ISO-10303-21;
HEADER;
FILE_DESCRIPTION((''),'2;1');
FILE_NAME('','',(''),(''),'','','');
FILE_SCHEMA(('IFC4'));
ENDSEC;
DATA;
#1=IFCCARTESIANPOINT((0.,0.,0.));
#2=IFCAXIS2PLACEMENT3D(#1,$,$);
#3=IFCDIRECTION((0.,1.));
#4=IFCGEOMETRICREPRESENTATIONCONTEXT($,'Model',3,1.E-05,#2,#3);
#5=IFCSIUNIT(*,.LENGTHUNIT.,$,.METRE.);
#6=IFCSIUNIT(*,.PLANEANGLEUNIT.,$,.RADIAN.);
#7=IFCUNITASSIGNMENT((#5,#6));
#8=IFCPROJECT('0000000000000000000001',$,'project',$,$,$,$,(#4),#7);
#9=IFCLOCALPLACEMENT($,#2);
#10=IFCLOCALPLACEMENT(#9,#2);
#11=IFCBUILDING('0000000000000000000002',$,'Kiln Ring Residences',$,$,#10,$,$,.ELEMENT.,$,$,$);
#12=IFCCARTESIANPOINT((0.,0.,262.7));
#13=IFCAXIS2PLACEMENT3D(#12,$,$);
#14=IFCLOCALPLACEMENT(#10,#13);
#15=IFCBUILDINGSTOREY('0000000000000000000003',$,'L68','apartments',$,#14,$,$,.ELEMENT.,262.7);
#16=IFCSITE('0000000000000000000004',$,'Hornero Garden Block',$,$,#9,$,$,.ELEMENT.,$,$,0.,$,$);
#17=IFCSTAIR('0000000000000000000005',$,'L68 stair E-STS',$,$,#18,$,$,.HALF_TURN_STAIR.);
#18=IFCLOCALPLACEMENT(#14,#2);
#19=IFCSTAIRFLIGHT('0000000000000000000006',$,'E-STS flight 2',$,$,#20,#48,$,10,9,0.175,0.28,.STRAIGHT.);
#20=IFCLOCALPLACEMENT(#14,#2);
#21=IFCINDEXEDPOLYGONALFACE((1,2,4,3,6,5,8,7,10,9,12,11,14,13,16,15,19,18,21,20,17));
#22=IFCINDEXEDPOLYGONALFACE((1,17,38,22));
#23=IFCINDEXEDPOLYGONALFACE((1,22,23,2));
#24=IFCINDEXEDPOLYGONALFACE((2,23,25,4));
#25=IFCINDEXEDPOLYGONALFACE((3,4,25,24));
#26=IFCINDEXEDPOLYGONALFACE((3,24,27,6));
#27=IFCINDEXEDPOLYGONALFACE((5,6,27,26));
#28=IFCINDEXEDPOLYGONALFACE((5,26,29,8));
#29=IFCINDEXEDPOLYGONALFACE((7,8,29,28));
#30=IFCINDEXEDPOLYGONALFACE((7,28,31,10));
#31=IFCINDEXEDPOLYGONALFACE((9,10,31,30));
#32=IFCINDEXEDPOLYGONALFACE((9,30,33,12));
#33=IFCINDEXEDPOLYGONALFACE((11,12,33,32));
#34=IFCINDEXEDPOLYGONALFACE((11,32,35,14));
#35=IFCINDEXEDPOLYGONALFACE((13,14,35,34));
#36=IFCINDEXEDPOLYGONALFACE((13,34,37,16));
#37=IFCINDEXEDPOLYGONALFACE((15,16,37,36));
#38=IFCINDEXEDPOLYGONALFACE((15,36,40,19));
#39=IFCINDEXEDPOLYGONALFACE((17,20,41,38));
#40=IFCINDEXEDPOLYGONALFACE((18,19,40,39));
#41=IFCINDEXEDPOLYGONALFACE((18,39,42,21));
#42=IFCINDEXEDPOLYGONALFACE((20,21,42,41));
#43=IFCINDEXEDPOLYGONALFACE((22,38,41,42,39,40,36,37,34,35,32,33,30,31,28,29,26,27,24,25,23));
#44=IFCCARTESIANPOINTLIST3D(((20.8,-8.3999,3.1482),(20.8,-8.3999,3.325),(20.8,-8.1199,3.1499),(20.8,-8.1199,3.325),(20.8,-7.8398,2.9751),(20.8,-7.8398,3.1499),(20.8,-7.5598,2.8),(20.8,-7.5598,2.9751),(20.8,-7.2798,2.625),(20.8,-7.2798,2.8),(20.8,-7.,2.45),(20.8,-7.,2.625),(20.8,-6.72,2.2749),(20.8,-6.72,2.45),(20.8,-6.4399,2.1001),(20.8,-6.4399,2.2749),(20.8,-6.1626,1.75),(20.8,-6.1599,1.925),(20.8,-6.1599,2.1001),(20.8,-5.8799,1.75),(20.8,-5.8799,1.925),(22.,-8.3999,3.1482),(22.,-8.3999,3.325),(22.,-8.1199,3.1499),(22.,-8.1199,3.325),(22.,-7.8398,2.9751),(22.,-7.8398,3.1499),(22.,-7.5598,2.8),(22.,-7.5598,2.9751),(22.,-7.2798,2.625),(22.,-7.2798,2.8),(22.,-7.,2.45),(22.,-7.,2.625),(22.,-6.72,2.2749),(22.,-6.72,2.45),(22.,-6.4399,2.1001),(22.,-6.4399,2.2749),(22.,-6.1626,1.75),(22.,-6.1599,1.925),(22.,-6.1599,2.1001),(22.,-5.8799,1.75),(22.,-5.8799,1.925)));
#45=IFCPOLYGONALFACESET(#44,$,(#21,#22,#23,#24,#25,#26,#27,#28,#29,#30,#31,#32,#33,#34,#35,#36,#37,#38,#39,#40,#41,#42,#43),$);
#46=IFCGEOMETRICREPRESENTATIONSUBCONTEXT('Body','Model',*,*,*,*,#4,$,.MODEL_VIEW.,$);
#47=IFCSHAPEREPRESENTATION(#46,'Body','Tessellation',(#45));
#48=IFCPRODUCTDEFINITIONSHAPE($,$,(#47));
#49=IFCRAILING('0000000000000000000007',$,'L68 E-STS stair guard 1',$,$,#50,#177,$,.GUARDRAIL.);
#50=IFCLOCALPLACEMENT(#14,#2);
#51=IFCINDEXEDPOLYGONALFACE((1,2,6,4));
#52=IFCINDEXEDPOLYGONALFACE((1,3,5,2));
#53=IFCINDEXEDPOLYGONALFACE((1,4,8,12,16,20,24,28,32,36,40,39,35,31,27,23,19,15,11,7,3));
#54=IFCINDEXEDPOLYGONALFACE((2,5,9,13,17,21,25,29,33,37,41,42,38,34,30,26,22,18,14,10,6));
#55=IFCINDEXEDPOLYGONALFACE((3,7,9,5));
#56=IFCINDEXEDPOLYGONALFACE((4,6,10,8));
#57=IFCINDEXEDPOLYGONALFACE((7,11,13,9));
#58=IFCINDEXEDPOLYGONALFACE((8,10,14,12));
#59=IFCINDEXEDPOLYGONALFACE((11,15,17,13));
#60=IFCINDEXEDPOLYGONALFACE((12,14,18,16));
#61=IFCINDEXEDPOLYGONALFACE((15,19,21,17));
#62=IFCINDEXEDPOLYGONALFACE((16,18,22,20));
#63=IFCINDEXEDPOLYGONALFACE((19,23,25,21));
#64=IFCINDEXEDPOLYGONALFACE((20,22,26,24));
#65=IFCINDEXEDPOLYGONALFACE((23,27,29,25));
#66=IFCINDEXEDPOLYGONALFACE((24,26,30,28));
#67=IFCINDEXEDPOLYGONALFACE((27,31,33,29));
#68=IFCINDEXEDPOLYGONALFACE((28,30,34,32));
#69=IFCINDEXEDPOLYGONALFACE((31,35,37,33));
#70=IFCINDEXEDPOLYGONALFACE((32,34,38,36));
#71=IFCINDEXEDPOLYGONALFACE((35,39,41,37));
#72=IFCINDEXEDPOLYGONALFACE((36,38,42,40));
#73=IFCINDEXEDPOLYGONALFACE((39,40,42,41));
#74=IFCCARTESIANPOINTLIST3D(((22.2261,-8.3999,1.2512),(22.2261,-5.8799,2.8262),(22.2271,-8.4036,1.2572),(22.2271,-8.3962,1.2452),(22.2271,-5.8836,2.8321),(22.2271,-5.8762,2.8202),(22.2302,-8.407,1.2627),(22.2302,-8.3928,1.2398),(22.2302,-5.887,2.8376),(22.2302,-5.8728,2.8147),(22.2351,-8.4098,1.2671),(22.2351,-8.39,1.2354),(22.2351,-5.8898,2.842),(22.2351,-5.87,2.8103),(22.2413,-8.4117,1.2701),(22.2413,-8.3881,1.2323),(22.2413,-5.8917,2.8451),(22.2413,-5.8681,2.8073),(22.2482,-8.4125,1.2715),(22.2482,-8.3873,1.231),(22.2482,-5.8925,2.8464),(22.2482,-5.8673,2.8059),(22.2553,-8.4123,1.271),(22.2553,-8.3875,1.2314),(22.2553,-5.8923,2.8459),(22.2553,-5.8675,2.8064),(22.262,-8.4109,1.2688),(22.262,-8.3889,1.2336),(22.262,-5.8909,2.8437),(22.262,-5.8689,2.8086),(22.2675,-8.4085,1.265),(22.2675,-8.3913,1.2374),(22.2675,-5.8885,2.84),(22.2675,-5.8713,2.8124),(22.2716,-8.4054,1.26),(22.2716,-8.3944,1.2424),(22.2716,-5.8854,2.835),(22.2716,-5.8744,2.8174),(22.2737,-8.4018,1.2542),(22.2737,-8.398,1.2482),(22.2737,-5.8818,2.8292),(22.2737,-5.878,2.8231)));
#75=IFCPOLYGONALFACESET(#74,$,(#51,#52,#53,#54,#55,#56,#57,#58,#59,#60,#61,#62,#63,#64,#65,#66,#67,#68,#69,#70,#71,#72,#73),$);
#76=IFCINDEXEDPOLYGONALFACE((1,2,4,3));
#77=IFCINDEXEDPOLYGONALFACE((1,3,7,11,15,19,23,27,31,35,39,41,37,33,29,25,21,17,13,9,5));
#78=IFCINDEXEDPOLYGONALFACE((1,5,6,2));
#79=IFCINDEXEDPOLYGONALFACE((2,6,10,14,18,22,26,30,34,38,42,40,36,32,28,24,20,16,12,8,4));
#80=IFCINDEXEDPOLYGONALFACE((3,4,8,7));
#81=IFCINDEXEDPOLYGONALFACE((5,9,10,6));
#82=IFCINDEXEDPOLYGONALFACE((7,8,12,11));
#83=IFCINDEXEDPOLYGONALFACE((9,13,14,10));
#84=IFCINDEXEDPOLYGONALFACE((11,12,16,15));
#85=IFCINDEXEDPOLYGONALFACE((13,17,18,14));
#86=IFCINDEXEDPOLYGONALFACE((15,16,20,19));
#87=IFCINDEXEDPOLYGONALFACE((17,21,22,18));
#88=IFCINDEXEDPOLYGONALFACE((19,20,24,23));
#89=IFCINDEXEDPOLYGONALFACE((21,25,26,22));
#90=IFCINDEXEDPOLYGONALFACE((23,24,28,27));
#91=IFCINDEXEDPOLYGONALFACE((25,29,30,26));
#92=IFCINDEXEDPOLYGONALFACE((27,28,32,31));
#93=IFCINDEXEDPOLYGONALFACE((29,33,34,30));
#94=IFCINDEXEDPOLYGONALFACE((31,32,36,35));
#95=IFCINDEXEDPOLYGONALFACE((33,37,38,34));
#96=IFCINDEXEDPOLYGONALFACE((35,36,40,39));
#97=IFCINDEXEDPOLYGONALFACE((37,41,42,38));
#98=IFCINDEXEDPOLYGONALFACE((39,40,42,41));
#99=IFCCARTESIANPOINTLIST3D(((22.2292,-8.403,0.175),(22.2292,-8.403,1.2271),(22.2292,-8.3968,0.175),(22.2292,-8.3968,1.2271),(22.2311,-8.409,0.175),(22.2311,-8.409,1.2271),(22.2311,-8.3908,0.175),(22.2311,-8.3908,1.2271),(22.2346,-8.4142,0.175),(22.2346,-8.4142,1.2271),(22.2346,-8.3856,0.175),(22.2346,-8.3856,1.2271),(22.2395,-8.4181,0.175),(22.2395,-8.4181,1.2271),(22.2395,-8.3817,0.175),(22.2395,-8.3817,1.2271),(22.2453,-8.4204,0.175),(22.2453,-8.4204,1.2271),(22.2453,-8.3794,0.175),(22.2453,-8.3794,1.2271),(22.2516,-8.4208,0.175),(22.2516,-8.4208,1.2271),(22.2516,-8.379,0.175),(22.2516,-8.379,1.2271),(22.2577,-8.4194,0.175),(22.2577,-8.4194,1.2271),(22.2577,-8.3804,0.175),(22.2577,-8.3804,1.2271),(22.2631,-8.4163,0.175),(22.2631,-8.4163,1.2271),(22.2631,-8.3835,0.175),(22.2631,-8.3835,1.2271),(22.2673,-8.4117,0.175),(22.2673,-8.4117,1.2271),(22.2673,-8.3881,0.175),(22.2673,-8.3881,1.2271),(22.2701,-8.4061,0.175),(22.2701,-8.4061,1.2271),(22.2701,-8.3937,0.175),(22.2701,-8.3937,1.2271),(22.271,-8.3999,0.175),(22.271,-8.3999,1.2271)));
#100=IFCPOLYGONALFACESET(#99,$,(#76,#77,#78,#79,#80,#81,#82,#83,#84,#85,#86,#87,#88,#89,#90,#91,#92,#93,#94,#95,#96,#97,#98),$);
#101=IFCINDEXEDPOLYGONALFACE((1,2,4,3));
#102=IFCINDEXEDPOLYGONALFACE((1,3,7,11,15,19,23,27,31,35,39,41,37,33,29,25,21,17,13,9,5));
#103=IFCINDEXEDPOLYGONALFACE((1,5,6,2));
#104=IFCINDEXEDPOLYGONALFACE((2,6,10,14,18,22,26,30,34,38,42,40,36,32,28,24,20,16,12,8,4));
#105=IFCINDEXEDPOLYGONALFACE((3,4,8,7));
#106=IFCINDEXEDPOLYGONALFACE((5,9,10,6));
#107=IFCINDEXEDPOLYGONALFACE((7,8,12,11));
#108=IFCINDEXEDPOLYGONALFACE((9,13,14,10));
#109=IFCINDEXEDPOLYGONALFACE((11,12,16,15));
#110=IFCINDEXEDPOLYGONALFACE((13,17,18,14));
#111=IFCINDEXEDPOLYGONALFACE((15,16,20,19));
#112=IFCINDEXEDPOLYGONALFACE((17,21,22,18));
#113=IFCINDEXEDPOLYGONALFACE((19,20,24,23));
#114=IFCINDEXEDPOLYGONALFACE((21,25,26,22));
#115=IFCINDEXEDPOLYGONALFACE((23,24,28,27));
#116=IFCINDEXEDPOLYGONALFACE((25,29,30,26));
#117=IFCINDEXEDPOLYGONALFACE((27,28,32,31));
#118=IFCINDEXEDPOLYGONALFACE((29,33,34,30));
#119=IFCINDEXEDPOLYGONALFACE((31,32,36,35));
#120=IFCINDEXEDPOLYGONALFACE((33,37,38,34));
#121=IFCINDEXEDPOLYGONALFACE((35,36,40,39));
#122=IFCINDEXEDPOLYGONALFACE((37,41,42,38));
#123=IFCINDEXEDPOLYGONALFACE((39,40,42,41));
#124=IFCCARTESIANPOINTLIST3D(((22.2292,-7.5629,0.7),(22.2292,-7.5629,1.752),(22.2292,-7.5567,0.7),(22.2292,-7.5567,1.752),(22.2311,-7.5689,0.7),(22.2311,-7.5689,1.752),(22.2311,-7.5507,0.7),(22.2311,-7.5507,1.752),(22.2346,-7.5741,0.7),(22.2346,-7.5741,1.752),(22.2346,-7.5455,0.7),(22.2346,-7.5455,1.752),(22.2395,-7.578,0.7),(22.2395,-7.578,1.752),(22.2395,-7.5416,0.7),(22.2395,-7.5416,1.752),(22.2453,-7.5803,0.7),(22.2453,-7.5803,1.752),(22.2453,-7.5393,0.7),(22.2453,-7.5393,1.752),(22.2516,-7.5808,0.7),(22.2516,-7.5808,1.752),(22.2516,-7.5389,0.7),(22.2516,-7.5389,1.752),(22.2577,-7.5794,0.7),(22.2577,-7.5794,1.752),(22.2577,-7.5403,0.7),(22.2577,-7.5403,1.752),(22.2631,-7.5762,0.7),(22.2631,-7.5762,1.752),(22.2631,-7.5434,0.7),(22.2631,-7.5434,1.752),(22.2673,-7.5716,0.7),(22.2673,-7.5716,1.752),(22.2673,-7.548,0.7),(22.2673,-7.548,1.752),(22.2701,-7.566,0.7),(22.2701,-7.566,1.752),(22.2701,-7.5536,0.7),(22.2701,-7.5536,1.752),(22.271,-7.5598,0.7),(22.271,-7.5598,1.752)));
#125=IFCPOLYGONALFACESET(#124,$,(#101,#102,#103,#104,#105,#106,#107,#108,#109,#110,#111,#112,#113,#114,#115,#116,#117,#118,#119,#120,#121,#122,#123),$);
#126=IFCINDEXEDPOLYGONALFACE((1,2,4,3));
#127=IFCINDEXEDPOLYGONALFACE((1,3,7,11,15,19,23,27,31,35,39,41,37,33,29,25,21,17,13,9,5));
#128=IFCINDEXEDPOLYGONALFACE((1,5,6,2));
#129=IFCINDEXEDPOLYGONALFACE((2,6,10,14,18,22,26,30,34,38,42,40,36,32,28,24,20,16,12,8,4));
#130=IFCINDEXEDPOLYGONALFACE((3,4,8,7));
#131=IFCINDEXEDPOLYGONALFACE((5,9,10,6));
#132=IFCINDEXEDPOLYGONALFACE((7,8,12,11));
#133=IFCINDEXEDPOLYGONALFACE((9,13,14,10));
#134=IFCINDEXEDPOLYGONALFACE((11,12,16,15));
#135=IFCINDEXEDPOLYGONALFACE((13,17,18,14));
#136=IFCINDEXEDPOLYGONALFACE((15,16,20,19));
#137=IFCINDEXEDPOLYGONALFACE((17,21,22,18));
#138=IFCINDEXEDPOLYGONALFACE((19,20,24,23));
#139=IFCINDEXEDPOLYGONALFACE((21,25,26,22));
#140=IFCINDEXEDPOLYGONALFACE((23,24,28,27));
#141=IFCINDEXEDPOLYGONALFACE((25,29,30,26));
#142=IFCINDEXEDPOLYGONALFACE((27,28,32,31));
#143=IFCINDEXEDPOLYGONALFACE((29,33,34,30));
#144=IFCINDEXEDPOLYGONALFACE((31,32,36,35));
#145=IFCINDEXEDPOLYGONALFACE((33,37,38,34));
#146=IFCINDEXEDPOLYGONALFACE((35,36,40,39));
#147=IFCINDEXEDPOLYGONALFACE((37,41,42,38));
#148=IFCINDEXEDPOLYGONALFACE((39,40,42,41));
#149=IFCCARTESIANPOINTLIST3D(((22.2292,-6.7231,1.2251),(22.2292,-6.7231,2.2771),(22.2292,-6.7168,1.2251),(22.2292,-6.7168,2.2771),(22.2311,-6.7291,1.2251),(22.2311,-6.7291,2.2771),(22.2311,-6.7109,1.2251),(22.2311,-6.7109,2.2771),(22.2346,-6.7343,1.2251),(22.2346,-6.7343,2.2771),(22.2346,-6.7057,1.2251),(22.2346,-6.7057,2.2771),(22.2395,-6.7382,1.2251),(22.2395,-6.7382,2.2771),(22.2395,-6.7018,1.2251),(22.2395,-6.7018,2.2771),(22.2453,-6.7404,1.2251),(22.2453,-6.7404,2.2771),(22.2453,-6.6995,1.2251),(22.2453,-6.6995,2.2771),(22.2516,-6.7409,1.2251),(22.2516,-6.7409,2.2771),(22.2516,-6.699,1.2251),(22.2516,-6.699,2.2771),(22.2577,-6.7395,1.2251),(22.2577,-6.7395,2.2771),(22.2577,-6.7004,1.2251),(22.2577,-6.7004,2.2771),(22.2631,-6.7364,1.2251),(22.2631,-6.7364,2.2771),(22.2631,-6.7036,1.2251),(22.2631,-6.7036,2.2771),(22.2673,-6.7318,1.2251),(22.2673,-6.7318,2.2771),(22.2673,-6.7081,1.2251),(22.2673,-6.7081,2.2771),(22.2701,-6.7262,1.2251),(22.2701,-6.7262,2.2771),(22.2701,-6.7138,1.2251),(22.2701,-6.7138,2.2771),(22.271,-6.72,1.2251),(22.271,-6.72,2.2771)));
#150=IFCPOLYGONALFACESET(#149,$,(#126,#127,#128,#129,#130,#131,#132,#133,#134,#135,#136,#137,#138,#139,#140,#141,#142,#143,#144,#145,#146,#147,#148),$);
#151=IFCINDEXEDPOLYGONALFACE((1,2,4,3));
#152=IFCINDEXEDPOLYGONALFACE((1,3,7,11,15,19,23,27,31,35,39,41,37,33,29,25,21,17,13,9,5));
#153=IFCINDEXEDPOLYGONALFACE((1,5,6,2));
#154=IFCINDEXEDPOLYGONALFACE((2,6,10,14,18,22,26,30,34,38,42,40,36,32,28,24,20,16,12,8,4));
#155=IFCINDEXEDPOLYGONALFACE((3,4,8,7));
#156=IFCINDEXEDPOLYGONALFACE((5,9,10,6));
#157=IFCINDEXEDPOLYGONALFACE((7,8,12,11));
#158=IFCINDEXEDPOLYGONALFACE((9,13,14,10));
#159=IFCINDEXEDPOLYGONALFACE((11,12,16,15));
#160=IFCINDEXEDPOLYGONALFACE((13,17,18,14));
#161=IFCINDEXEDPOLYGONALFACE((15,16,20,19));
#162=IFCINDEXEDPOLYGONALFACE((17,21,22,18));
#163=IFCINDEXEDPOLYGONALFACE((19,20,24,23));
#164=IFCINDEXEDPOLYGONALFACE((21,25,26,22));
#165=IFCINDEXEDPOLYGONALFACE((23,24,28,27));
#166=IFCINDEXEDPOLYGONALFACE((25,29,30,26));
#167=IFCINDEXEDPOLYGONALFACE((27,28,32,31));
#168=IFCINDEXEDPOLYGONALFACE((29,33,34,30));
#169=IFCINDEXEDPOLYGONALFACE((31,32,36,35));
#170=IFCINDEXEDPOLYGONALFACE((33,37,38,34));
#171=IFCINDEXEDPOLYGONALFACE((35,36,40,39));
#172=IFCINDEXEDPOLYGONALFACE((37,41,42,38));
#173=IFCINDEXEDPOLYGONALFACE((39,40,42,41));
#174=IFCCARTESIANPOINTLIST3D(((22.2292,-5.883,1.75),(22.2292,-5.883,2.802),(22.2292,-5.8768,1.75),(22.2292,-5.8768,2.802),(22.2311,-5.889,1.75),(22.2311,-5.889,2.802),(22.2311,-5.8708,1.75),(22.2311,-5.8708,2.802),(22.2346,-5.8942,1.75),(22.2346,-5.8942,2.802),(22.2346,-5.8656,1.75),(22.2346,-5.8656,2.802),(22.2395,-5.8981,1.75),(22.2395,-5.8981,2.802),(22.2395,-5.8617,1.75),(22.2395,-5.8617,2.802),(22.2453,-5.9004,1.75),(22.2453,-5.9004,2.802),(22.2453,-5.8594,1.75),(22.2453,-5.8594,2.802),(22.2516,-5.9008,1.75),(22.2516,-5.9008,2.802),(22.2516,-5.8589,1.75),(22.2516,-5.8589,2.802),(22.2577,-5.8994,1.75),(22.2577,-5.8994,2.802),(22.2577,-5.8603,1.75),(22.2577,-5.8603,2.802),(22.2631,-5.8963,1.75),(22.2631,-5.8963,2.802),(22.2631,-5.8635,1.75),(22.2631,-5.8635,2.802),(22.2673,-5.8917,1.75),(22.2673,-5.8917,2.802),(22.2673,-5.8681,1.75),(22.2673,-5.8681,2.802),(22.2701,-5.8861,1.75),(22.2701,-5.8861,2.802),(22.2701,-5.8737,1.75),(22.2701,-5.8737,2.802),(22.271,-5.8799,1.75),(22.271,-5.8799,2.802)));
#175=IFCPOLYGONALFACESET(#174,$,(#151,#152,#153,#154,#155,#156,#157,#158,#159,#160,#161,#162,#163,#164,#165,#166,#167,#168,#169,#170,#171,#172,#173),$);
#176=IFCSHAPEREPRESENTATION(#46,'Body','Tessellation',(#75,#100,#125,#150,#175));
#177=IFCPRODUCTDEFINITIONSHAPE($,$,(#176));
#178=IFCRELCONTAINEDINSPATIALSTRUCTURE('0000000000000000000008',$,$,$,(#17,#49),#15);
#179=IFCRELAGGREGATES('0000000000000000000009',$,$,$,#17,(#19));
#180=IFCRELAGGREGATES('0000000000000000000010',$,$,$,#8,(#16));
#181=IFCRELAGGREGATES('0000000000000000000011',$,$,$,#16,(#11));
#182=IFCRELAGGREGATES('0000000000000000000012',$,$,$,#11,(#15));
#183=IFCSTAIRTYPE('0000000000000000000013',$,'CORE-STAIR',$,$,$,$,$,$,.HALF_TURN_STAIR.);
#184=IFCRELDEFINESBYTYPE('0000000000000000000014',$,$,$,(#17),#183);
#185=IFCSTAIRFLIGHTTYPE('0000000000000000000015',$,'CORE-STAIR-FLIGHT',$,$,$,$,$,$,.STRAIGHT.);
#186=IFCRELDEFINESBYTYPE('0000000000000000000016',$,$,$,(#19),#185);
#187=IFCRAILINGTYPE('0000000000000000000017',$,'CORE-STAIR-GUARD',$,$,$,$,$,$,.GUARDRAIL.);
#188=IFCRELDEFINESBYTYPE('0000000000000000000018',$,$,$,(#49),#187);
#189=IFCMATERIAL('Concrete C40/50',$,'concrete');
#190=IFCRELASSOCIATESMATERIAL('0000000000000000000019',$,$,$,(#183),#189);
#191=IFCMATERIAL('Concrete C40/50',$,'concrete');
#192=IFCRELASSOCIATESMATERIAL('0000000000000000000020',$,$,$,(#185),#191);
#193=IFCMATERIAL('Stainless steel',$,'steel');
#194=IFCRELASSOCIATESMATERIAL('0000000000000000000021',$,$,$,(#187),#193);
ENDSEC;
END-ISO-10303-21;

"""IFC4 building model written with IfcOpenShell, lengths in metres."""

from ifc_helpers import new_model, si_unit, direction, frame, origin, origin_2d, place, context, subcontext, project, spatial, polyline, circle, outline, extrude, material, type_object, element, aggregate, save


model = new_model("IFC4")

# Units and contexts
model_context = context("Model", 3, precision=1e-05, world=origin(), true_north=direction((0.0, 1.0)))
body_context = subcontext(model_context, "Body", "Model", "MODEL_VIEW")
ifc_project = project(units=[si_unit("LENGTHUNIT", "METRE"), si_unit("PLANEANGLEUNIT", "RADIAN")], contexts=[model_context])

# Site, building, storey
site_placement = place(None, origin())
site = spatial("IfcSite", under=ifc_project, at=site_placement, Name="Hornero Garden Block", CompositionType="ELEMENT", RefElevation=0.0)
building_placement = place(site_placement, origin())
building = spatial("IfcBuilding", under=site, at=building_placement, Name="Kiln Ring Residences", CompositionType="ELEMENT")
storey_placement = place(building_placement, frame((0.0, 0.0, 262.7)))
storey = spatial("IfcBuildingStorey", under=building, at=storey_placement, Name="L68", Description="apartments", CompositionType="ELEMENT", Elevation=262.7)

# Stair, stair flight
ifc_material_1 = material(Name="Concrete C40/50", Category="concrete")
stair_type = type_object("IfcStairType", Name="CORE-STAIR", PredefinedType="HALF_TURN_STAIR", material=ifc_material_1)
stair_placement = place(storey_placement, origin())
stair = element("IfcStair", 1, at=stair_placement, inside=storey, type_object=stair_type, Name="L68 stair E-STS", PredefinedType="HALF_TURN_STAIR")
ifc_material_2 = material(Name="Concrete C40/50", Category="concrete")
stair_flight_type = type_object("IfcStairFlightType", Name="CORE-STAIR-FLIGHT", PredefinedType="STRAIGHT", material=ifc_material_2)
stair_flight_1_placement = place(storey_placement, frame((21.3999, -5.8799, 1.75), z_axis=(0.0, 0.0, 1.0), x_axis=(0.0, -1.0, 0.0)))
stair_flight_1 = element("IfcStairFlight", 2, at=stair_flight_1_placement, type_object=stair_flight_type, Name="E-STS flight 2", NumberOfRisers=10, NumberOfTreads=9, PredefinedType="STRAIGHT", RiserHeight=0.175, TreadLength=0.28, context=body_context, shape_type="SweptSolid", body=[
    extrude(outline(polyline([(0.0, 0.0), (0.0, 0.175), (0.28, 0.175), (0.28, 0.3501), (0.5601, 0.3501), (0.5601, 0.5249), (0.8401, 0.5249), (0.8401, 0.7), (1.1201, 0.7), (1.1201, 0.875), (1.3999, 0.875), (1.3999, 1.05), (1.6799, 1.05), (1.6799, 1.2251), (1.96, 1.2251), (1.96, 1.3999), (2.24, 1.3999), (2.24, 1.575), (2.52, 1.575), (2.52, 1.75), (2.52, 1.3982), (0.2827, 0.0), (0.0, 0.0)])), frame((0.0, 0.6001, 0.0), z_axis=(0.0, -1.0, 0.0), x_axis=(1.0, 0.0, 0.0)), (0.0, 0.0, 1.0), 1.2),
])
aggregate(stair, [stair_flight_1])

# Railing
ifc_material_3 = material(Name="Stainless steel", Category="steel")
railing_type_1 = type_object("IfcRailingType", Name="CORE-STAIR-GUARD", PredefinedType="GUARDRAIL", material=ifc_material_3)
railing_1_placement = place(storey_placement, frame((22.25, -8.3999, 0.175)))
element("IfcRailing", 3, at=railing_1_placement, inside=storey, type_object=railing_type_1, Name="L68 E-STS stair guard 1", PredefinedType="GUARDRAIL", context=body_context, shape_type="SweptSolid", body=[
    extrude(circle(Radius=0.0239, at=origin_2d()), frame((0.0, 0.0, 1.0762), z_axis=(0.0, 0.848008, 0.529984), x_axis=(-1.0, 0.0, 0.0)), (0.0, 0.0, 1.0), 2.9717),
    extrude(circle(Radius=0.021, at=origin_2d()), origin(), (0.0, 0.0, 1.0), 1.052),
    extrude(circle(Radius=0.021, at=origin_2d()), frame((0.0, 0.8401, 0.5249)), (0.0, 0.0, 1.0), 1.052),
    extrude(circle(Radius=0.021, at=origin_2d()), frame((0.0, 1.6799, 1.05)), (0.0, 0.0, 1.0), 1.052),
    extrude(circle(Radius=0.021, at=origin_2d()), frame((0.0, 2.52, 1.575)), (0.0, 0.0, 1.0), 1.052),
])

save(model, "model.ifc")
